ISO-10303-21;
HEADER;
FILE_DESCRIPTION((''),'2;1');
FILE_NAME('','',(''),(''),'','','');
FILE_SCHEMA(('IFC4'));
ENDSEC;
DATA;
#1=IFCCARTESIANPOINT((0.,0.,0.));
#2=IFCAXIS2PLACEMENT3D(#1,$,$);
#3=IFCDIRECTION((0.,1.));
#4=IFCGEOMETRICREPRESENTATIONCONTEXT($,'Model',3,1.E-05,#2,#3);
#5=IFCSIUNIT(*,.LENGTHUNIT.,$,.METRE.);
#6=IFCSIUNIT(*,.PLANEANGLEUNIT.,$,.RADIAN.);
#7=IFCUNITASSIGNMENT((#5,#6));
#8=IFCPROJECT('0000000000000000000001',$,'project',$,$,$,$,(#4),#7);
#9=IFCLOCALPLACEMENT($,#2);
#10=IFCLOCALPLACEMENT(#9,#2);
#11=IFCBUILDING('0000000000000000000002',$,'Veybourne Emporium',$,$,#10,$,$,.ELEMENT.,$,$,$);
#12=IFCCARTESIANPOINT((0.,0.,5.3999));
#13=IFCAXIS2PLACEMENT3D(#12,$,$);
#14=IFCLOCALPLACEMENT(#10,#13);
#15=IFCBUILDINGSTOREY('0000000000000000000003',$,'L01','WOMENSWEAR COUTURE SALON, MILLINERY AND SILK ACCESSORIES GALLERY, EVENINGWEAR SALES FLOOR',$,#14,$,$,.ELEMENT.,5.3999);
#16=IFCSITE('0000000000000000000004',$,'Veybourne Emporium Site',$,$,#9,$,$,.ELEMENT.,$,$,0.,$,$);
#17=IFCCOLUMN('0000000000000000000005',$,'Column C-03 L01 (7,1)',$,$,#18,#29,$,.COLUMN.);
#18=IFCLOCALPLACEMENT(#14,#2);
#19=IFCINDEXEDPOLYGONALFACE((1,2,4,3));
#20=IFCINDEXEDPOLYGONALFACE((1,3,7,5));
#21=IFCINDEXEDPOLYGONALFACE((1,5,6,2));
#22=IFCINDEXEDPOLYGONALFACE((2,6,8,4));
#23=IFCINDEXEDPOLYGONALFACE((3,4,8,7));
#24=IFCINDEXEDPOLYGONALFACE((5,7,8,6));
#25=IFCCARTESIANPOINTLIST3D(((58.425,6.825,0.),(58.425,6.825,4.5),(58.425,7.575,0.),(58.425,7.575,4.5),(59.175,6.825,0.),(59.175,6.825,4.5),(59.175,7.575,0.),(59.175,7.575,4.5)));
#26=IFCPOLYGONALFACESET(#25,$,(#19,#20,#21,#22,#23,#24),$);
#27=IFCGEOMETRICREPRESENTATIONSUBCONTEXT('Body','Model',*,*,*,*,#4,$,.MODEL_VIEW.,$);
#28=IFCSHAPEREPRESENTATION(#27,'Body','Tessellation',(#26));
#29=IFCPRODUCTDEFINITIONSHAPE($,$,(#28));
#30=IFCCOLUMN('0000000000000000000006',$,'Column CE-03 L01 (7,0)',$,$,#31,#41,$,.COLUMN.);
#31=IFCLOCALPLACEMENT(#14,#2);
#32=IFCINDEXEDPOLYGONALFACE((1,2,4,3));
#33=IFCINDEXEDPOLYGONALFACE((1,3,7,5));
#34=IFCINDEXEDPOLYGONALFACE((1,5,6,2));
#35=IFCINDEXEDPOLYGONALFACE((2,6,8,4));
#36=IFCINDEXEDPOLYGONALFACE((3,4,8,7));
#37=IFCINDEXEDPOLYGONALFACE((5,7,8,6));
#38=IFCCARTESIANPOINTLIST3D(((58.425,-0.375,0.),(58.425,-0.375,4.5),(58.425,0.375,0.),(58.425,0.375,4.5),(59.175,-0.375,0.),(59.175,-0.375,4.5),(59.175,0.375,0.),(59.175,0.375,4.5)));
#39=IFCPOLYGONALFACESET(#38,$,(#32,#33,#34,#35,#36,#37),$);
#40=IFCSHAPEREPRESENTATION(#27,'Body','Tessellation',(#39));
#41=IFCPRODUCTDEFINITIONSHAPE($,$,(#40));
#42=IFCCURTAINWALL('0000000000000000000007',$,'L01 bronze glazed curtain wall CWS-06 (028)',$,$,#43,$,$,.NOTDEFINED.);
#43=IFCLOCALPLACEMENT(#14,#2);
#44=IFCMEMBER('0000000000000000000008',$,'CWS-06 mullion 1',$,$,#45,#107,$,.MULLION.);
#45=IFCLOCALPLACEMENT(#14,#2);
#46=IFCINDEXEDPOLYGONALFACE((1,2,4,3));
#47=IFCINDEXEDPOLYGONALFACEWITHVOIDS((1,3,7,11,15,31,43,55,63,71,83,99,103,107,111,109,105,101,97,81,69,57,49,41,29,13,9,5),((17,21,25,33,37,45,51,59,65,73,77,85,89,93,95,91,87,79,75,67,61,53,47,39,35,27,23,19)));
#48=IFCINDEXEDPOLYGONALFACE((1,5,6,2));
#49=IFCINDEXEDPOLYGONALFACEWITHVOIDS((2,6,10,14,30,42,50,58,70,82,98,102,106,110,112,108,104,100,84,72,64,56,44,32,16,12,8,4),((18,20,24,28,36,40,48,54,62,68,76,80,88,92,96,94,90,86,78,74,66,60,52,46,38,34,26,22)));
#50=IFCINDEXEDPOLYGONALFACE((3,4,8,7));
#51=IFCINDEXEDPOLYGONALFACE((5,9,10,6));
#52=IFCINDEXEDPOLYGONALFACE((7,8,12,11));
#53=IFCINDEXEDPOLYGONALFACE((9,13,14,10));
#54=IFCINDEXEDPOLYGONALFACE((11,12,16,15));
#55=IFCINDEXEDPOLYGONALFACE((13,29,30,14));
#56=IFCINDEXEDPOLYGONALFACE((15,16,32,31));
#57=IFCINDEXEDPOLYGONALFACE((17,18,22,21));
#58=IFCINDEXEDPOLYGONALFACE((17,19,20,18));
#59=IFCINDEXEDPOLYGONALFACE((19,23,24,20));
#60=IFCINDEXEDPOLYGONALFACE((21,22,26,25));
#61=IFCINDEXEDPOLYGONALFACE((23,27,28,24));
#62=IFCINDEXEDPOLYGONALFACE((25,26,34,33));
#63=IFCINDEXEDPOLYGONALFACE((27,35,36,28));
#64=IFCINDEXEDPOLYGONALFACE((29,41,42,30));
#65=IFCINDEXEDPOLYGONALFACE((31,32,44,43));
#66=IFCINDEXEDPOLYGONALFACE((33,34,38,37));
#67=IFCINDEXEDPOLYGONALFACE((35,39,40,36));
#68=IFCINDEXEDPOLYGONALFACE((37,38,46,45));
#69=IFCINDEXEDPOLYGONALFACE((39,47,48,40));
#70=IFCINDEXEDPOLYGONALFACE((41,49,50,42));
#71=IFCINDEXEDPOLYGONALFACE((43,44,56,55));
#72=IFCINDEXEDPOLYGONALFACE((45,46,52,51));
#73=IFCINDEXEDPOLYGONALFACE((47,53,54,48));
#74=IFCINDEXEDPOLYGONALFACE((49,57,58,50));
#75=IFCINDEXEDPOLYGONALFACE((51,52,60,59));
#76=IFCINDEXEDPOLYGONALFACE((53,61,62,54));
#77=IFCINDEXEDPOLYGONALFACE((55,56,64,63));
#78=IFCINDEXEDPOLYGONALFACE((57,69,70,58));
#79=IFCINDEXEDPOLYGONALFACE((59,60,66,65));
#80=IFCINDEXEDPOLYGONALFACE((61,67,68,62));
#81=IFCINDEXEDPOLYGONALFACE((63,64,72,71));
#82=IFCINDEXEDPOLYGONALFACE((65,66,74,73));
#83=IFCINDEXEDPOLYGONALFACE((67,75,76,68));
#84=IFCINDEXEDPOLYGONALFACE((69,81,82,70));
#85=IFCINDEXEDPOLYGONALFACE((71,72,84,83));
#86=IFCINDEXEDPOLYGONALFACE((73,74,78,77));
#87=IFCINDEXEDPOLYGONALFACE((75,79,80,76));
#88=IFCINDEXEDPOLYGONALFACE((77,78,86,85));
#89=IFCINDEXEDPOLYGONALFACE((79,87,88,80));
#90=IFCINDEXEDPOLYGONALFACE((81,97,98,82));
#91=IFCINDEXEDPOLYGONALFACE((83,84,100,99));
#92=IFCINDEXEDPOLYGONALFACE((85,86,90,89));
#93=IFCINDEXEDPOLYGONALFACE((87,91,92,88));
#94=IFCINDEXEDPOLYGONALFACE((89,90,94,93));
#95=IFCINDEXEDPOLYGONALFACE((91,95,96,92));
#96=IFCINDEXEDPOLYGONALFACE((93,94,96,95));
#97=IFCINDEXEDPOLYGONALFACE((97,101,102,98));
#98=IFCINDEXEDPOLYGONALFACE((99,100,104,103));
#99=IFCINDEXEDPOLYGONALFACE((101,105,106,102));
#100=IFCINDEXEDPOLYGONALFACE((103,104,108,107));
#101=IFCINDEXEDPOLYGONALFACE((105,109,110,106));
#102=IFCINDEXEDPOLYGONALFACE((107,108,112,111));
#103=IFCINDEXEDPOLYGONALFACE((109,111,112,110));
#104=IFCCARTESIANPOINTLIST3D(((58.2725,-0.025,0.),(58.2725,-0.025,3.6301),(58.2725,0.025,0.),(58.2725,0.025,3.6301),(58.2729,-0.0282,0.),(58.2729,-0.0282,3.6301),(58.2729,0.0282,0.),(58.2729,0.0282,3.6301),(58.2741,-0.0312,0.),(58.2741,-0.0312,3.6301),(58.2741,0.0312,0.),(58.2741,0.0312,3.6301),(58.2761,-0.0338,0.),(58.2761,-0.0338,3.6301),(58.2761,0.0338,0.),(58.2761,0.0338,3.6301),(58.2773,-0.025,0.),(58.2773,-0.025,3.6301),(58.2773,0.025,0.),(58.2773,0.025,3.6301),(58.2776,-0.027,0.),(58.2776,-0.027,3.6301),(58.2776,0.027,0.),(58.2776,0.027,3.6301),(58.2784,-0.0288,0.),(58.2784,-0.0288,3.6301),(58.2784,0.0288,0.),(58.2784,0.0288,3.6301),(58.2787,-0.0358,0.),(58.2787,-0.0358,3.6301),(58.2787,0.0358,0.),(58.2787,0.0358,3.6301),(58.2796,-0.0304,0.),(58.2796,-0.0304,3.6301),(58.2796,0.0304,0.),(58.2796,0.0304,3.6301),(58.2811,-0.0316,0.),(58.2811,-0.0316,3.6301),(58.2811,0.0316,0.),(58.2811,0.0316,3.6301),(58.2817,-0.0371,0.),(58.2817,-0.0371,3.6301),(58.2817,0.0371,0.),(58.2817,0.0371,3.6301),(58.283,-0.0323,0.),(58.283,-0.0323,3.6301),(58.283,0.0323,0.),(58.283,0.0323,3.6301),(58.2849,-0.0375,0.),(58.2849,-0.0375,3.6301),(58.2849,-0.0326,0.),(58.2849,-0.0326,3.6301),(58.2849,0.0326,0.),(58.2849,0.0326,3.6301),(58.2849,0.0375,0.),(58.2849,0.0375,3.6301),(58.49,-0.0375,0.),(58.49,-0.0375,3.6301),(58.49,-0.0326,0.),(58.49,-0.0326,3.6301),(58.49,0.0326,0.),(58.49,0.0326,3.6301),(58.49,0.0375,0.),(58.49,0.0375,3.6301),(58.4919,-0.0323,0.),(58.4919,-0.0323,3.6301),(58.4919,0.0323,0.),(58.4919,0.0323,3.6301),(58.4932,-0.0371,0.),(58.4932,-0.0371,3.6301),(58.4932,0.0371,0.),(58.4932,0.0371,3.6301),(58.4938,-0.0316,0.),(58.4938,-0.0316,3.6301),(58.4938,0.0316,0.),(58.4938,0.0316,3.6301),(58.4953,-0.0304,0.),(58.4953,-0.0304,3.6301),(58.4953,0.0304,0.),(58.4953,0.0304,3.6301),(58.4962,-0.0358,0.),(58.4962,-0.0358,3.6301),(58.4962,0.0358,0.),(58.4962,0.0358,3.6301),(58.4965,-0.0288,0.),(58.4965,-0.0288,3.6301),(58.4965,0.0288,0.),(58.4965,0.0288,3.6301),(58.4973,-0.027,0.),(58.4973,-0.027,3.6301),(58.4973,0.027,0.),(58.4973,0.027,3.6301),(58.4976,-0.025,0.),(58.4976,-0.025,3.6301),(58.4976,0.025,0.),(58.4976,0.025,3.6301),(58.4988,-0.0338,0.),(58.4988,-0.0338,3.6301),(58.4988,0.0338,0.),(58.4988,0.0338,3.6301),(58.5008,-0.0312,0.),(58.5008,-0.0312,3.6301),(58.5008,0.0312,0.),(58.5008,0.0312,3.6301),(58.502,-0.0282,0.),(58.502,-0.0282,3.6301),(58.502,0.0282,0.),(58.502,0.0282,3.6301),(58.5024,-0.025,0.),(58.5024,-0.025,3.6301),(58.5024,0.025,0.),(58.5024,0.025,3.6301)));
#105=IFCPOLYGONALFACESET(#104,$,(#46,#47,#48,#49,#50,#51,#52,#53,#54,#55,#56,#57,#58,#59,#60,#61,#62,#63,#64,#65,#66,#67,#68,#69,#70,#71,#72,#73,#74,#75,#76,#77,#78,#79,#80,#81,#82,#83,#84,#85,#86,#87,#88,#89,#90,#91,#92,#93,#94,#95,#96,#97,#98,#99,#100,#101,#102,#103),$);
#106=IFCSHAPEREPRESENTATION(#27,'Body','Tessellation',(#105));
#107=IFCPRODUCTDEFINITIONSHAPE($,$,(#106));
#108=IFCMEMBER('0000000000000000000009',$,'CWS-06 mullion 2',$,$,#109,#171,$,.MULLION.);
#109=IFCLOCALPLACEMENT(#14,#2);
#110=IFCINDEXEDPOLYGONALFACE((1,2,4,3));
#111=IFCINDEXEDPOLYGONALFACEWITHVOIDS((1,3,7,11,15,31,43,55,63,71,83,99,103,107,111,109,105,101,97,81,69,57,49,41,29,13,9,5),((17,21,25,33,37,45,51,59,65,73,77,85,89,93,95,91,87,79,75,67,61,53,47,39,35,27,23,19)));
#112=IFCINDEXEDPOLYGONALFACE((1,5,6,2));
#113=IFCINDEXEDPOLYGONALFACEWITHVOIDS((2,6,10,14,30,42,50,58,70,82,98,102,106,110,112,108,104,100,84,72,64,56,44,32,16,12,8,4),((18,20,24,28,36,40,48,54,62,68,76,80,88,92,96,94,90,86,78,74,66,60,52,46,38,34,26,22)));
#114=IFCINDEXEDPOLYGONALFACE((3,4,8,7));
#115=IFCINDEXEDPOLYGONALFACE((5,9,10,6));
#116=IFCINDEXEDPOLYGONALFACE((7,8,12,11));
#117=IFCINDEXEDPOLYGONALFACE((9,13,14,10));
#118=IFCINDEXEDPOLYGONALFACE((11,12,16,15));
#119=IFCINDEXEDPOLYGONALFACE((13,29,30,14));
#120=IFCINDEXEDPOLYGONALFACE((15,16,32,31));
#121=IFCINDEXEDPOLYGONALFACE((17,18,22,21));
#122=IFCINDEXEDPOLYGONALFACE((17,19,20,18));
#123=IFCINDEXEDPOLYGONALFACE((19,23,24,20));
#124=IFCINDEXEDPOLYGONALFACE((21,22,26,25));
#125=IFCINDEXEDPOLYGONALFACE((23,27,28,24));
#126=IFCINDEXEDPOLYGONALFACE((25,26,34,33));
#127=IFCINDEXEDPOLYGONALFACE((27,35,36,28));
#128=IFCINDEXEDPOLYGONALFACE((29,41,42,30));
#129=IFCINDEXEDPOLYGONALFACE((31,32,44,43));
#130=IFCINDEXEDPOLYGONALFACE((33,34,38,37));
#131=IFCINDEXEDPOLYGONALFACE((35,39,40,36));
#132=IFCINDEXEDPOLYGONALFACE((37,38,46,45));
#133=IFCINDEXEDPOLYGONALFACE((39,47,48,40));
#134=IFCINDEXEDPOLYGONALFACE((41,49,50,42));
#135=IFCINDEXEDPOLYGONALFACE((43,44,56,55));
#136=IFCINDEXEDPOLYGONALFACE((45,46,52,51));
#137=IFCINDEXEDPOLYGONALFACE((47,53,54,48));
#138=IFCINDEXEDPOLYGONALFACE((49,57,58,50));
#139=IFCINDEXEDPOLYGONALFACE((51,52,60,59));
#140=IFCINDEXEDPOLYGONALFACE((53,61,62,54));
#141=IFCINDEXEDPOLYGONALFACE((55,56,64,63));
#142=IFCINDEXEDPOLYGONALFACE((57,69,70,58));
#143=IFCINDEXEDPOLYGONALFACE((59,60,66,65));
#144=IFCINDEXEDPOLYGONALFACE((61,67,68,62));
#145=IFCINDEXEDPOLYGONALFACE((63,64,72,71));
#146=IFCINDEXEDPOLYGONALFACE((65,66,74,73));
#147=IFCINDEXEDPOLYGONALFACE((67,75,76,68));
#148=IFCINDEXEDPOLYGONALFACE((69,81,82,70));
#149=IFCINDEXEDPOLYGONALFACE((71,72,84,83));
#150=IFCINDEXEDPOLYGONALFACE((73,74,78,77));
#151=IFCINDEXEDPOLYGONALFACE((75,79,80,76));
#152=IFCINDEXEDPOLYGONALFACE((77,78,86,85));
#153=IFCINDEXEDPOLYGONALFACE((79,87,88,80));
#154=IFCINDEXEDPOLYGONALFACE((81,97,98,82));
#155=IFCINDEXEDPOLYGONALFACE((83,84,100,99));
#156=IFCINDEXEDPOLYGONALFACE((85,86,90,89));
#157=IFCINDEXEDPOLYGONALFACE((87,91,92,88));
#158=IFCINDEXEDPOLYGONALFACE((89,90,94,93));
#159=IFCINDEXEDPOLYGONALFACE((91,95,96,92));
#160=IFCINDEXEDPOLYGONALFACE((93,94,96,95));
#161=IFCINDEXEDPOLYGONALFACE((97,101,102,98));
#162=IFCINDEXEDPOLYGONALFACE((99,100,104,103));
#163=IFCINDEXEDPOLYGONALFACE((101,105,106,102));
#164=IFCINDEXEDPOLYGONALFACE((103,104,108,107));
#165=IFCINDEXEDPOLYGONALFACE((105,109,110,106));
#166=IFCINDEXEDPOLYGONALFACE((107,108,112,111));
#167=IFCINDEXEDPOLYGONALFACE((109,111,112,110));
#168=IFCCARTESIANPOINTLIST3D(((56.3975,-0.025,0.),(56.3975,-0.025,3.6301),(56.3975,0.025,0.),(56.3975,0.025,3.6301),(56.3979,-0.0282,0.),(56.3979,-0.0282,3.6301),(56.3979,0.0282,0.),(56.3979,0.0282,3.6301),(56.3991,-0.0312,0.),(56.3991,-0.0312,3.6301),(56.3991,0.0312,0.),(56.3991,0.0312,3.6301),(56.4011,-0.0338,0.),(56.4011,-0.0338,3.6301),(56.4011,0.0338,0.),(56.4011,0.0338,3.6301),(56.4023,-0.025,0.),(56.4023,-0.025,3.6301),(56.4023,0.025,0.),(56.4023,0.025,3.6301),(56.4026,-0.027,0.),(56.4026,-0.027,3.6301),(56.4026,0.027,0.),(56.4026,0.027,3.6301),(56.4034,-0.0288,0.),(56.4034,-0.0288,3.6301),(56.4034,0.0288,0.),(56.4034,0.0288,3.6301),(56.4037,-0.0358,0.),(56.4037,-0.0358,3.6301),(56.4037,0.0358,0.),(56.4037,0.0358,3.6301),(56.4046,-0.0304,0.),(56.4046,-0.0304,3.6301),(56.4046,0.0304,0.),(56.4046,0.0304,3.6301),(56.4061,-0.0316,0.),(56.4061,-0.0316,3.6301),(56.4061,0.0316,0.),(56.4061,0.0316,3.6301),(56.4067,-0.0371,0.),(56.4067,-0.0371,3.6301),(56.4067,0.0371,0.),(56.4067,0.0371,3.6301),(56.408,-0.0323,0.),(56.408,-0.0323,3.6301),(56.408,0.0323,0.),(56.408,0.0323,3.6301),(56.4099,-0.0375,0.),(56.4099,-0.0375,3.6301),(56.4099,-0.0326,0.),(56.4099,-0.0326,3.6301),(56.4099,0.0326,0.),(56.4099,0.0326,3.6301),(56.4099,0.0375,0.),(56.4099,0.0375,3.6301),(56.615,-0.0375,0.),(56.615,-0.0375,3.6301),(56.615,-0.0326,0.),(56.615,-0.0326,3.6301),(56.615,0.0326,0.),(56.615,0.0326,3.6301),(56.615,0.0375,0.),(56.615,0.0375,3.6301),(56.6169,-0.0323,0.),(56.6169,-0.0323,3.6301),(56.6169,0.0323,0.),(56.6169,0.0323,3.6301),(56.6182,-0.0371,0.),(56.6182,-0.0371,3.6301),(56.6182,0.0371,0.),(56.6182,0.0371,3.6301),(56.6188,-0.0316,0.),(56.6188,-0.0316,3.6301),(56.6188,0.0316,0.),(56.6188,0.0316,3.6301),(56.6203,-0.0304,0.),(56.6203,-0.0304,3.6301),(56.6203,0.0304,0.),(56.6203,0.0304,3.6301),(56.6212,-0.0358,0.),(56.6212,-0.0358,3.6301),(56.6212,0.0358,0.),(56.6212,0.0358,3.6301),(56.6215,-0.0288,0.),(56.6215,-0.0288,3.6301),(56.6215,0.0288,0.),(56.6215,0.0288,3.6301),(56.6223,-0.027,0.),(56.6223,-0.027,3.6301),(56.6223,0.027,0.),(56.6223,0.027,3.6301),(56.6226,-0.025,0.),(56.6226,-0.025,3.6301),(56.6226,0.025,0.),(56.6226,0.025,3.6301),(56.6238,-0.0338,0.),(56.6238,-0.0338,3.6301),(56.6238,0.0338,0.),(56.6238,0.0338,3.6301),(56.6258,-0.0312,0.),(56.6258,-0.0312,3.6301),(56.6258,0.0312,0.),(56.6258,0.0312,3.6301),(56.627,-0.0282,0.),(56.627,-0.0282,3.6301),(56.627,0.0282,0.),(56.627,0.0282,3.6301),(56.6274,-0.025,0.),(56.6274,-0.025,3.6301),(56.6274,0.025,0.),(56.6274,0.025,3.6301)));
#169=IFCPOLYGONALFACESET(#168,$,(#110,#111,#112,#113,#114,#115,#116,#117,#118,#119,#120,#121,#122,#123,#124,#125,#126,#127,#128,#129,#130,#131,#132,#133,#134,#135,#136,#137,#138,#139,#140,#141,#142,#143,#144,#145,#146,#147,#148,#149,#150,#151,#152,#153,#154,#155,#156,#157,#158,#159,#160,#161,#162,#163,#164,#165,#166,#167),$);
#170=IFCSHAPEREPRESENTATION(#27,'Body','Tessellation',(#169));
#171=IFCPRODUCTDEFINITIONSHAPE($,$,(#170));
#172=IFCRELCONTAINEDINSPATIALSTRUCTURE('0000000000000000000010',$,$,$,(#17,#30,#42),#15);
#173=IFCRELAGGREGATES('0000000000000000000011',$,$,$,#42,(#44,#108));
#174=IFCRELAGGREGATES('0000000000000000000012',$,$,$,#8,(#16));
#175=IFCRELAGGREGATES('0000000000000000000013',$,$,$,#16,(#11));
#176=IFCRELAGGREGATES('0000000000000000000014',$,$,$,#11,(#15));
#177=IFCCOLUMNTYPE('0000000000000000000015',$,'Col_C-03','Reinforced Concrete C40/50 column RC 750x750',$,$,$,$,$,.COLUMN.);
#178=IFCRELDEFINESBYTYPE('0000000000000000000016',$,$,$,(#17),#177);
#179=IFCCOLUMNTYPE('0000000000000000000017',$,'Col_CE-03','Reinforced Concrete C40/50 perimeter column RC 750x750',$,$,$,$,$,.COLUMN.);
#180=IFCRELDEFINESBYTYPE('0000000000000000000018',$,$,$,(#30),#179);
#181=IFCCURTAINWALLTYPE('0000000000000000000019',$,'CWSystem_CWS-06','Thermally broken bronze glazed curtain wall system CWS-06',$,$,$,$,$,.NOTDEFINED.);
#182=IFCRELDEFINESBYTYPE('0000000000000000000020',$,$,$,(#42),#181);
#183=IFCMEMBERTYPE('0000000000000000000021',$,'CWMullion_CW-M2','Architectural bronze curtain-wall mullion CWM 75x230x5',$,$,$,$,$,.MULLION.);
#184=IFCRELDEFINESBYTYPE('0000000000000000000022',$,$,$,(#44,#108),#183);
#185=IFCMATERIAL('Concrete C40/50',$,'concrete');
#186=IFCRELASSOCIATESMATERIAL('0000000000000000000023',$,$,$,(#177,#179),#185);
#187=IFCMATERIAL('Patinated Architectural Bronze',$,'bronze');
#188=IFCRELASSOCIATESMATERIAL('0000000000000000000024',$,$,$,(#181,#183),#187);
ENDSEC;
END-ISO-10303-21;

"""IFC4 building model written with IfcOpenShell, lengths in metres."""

from ifc_helpers import new_model, si_unit, direction, frame, origin, origin_2d, place, context, subcontext, project, spatial, rectangle, hollow_rectangle, extrude, material, material_profile, profile_set, type_object, element, aggregate, save


model = new_model("IFC4")

# Units and contexts
model_context = context("Model", 3, precision=1e-05, world=origin(), true_north=direction((0.0, 1.0)))
body_context = subcontext(model_context, "Body", "Model", "MODEL_VIEW")
ifc_project = project(units=[si_unit("LENGTHUNIT", "METRE"), si_unit("PLANEANGLEUNIT", "RADIAN")], contexts=[model_context])

# Site, building, storey
site_placement = place(None, origin())
site = spatial("IfcSite", under=ifc_project, at=site_placement, Name="Veybourne Emporium Site", CompositionType="ELEMENT", RefElevation=0.0)
building_placement = place(site_placement, origin())
building = spatial("IfcBuilding", under=site, at=building_placement, Name="Veybourne Emporium", CompositionType="ELEMENT")
storey_placement = place(building_placement, frame((0.0, 0.0, 5.3999)))
storey = spatial("IfcBuildingStorey", under=building, at=storey_placement, Name="L01", Description="WOMENSWEAR COUTURE SALON, MILLINERY AND SILK ACCESSORIES GALLERY, EVENINGWEAR SALES FLOOR", CompositionType="ELEMENT", Elevation=5.3999)

# Columns
ifc_material_1 = material(Name="Concrete C40/50", Category="concrete")
ifc_material_profile_1 = material_profile(ifc_material_1, rectangle(XDim=0.75, YDim=0.75, at=origin_2d()), Name="RC 750x750")
ifc_profile_set_1 = profile_set([ifc_material_profile_1], Name="Concrete C40/50")
column_type_1 = type_object("IfcColumnType", Name="Col_C-03", Description="Reinforced Concrete C40/50 column RC 750x750", PredefinedType="COLUMN", material=ifc_profile_set_1)
column_1_placement = place(storey_placement, frame((58.8, 7.2, 0.0), z_axis=(0.0, 0.0, 1.0), x_axis=(1.0, 0.0, 0.0)))
element("IfcColumn", 1, at=column_1_placement, inside=storey, type_object=column_type_1, Name="Column C-03 L01 (7,1)", PredefinedType="COLUMN", context=body_context, shape_type="SweptSolid", body=[
    extrude(rectangle(XDim=0.75, YDim=0.75, at=origin_2d()), origin(), (0.0, 0.0, 1.0), 4.5),
])
ifc_material_profile_2 = material_profile(ifc_material_1, rectangle(XDim=0.75, YDim=0.75, at=origin_2d()), Name="RC 750x750")
ifc_profile_set_2 = profile_set([ifc_material_profile_2], Name="Concrete C40/50")
column_type_2 = type_object("IfcColumnType", Name="Col_CE-03", Description="Reinforced Concrete C40/50 perimeter column RC 750x750", PredefinedType="COLUMN", material=ifc_profile_set_2)
column_2_placement = place(storey_placement, frame((58.8, 0.0, 0.0), z_axis=(0.0, 0.0, 1.0), x_axis=(1.0, 0.0, 0.0)))
element("IfcColumn", 2, at=column_2_placement, inside=storey, type_object=column_type_2, Name="Column CE-03 L01 (7,0)", PredefinedType="COLUMN", context=body_context, shape_type="SweptSolid", body=[
    extrude(rectangle(XDim=0.75, YDim=0.75, at=origin_2d()), origin(), (0.0, 0.0, 1.0), 4.5),
])

# Curtain wall, members
ifc_material_2 = material(Name="Patinated Architectural Bronze", Category="bronze")
curtain_wall_type = type_object("IfcCurtainWallType", Name="CWSystem_CWS-06", Description="Thermally broken bronze glazed curtain wall system CWS-06", PredefinedType="NOTDEFINED", material=ifc_material_2)
curtain_wall_placement = place(storey_placement, origin())
curtain_wall = element("IfcCurtainWall", 3, at=curtain_wall_placement, inside=storey, type_object=curtain_wall_type, Name="L01 bronze glazed curtain wall CWS-06 (028)", PredefinedType="NOTDEFINED")
ifc_material_profile_3 = material_profile(ifc_material_2, hollow_rectangle(XDim=0.075, YDim=0.23, WallThickness=0.0049, InnerFilletRadius=0.0076, OuterFilletRadius=0.0125, at=origin_2d()), Name="CWM 75x230x5")
ifc_profile_set_3 = profile_set([ifc_material_profile_3], Name="Patinated Architectural Bronze")
member_type_1 = type_object("IfcMemberType", Name="CWMullion_CW-M2", Description="Architectural bronze curtain-wall mullion CWM 75x230x5", PredefinedType="MULLION", material=ifc_profile_set_3)
member_1_placement = place(storey_placement, frame((58.3875, 0.0, 0.0), z_axis=(0.0, 0.0, 1.0), x_axis=(0.0, -1.0, 0.0)))
member_1 = element("IfcMember", 4, at=member_1_placement, type_object=member_type_1, Name="CWS-06 mullion 1", PredefinedType="MULLION", context=body_context, shape_type="SweptSolid", body=[
    extrude(hollow_rectangle(XDim=0.075, YDim=0.23, WallThickness=0.0049, InnerFilletRadius=0.0076, OuterFilletRadius=0.0125, at=origin_2d()), origin(), (0.0, 0.0, 1.0), 3.6301),
])
member_2_placement = place(storey_placement, frame((56.5125, 0.0, 0.0), z_axis=(0.0, 0.0, 1.0), x_axis=(0.0, -1.0, 0.0)))
member_2 = element("IfcMember", 5, at=member_2_placement, type_object=member_type_1, Name="CWS-06 mullion 2", PredefinedType="MULLION", context=body_context, shape_type="SweptSolid", body=[
    extrude(hollow_rectangle(XDim=0.075, YDim=0.23, WallThickness=0.0049, InnerFilletRadius=0.0076, OuterFilletRadius=0.0125, at=origin_2d()), origin(), (0.0, 0.0, 1.0), 3.6301),
])

aggregate(curtain_wall, [member_1, member_2])

save(model, "model.ifc")
